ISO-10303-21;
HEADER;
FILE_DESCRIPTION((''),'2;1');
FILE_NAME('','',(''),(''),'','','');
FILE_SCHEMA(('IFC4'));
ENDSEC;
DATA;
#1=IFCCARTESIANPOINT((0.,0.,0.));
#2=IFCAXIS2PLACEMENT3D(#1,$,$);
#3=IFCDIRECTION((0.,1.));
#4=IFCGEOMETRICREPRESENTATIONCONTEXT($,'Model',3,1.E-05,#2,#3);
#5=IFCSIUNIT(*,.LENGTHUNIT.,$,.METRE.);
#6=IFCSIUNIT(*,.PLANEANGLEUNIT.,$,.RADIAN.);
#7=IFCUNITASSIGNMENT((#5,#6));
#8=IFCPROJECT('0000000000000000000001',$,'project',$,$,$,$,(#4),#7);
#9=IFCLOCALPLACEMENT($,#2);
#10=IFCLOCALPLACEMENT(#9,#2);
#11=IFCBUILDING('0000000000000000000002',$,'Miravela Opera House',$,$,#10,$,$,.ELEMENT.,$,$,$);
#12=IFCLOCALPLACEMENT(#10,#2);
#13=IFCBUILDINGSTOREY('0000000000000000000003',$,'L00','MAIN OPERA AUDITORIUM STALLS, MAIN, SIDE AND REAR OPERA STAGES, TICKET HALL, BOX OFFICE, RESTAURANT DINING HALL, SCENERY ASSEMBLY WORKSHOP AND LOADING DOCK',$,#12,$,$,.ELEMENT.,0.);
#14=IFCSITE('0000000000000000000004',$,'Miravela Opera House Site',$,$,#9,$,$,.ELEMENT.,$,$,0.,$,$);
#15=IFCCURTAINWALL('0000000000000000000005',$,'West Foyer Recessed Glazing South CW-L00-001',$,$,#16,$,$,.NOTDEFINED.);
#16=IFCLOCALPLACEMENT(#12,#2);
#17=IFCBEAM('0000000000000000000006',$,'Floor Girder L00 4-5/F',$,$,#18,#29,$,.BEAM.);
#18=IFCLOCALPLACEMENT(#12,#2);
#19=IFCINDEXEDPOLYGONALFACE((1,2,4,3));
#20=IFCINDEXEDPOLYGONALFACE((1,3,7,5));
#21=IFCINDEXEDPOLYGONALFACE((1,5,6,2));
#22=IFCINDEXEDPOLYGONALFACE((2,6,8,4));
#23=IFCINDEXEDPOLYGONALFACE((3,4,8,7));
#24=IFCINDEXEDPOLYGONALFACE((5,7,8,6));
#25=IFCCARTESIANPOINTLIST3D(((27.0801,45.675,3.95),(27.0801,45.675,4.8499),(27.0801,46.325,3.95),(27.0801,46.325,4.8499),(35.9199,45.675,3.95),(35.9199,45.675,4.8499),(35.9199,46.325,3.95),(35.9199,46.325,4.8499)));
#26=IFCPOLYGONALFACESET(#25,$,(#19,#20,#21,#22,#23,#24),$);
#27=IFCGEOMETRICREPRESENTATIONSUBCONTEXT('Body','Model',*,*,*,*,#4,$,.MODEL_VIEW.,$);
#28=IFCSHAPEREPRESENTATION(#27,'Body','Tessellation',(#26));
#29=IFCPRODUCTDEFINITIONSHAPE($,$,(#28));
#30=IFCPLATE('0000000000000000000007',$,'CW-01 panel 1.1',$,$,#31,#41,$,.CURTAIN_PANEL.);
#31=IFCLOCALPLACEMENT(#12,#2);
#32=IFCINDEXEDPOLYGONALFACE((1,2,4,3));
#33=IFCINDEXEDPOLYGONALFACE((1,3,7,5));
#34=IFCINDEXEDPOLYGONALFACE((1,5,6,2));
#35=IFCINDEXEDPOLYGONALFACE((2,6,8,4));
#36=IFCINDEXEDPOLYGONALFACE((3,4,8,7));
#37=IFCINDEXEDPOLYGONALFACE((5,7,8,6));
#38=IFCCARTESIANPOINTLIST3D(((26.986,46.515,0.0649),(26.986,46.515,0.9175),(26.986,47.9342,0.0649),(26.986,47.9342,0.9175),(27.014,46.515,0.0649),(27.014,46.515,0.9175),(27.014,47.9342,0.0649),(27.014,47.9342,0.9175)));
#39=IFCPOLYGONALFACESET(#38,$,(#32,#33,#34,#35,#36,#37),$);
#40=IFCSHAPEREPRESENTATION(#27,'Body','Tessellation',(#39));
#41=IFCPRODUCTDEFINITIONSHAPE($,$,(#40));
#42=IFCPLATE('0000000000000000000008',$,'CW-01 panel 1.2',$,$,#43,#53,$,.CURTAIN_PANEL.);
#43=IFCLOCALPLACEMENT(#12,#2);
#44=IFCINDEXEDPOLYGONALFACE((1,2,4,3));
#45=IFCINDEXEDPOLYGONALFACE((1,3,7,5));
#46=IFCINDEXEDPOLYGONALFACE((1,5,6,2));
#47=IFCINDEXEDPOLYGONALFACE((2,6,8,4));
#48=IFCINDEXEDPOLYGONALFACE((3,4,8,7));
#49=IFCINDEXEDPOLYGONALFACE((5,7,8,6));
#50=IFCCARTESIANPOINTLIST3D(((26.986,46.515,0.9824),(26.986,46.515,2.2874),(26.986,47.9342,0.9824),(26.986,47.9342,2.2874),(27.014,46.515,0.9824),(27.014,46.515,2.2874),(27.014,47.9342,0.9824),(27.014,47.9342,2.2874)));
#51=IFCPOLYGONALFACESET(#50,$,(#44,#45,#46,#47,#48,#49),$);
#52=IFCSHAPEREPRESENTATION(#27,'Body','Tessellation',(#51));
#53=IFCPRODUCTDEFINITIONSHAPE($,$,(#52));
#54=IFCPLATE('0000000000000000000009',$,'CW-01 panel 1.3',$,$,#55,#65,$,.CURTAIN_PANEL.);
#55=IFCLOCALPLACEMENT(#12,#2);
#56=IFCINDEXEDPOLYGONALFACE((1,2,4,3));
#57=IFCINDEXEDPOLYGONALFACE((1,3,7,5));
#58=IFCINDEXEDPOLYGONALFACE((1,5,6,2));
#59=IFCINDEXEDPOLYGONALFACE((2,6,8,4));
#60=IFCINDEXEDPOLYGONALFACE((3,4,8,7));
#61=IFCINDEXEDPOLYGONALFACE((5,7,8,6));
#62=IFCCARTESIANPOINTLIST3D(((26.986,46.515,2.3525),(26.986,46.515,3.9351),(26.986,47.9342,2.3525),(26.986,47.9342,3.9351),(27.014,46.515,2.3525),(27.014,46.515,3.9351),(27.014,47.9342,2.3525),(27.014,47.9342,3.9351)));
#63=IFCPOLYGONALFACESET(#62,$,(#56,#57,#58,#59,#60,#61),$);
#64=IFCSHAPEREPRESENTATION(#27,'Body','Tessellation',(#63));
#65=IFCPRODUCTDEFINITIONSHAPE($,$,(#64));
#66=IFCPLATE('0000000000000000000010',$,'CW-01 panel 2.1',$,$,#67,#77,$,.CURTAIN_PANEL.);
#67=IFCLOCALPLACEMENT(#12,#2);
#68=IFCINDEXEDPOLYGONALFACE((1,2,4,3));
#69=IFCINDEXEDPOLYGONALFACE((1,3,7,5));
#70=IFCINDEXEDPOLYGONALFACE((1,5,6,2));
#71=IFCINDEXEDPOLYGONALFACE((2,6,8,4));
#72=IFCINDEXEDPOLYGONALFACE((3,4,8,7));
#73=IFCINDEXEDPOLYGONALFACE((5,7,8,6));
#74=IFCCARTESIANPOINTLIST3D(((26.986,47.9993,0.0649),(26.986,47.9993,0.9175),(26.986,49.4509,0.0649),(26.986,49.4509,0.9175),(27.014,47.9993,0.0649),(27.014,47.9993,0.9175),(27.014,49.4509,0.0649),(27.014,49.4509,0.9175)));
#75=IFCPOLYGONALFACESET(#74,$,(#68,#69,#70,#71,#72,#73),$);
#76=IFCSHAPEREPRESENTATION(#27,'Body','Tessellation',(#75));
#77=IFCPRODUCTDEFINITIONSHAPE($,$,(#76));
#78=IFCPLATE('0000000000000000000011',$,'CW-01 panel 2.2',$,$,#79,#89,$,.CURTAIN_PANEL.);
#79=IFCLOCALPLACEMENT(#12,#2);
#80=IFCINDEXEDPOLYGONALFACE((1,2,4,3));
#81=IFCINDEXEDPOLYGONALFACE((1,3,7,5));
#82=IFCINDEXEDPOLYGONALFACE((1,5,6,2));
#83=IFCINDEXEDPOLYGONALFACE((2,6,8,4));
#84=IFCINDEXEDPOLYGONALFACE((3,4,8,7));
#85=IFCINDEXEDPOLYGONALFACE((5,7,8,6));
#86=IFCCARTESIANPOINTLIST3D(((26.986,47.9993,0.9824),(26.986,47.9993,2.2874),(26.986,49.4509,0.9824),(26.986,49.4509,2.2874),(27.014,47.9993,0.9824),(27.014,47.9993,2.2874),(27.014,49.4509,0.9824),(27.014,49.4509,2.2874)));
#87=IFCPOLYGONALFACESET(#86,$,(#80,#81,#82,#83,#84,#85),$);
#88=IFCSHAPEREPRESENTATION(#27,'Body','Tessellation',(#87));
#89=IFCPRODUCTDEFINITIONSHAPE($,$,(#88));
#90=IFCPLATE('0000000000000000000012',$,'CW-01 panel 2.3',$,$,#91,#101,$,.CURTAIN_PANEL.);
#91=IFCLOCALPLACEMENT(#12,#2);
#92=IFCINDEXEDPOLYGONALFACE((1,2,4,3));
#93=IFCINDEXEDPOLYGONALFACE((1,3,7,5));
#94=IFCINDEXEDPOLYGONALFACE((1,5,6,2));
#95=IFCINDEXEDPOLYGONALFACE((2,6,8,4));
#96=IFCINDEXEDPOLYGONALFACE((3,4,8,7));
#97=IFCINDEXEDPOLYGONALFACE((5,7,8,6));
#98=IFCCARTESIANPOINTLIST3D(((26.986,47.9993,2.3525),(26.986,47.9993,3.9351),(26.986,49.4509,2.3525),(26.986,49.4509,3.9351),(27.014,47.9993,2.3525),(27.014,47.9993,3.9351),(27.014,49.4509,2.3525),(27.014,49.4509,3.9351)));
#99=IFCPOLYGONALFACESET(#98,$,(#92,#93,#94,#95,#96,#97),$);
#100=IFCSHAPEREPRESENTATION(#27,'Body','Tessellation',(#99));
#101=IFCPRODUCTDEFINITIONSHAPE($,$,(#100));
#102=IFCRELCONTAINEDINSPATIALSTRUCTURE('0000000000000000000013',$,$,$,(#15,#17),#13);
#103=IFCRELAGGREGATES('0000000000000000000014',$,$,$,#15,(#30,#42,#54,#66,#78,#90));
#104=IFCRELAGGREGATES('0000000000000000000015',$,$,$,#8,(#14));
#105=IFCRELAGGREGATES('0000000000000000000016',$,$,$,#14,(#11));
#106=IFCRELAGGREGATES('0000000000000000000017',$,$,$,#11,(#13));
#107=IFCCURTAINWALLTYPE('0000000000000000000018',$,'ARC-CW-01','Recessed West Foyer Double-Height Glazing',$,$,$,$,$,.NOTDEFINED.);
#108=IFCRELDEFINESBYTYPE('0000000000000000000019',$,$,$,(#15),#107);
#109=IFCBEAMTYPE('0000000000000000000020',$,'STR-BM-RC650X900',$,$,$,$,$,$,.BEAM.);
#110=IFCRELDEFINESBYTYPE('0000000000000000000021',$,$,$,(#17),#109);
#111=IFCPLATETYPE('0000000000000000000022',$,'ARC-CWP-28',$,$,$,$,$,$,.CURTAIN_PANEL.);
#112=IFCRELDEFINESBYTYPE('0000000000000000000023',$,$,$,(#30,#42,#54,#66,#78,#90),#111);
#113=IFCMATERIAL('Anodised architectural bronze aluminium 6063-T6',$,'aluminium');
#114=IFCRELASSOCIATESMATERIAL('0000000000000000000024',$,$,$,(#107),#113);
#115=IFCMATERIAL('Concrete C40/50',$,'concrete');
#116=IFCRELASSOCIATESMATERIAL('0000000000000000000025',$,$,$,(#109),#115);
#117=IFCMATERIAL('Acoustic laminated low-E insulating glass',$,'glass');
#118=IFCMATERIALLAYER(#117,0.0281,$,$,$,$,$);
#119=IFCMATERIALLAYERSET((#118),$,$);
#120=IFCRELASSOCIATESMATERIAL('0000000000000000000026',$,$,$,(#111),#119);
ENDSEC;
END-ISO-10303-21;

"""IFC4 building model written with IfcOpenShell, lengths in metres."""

from ifc_helpers import new_model, si_unit, direction, frame, origin, origin_2d, place, context, subcontext, project, spatial, rectangle, extrude, material, layer, layer_set, material_profile, profile_set, type_object, element, aggregate, save


model = new_model("IFC4")

# Units and contexts
model_context = context("Model", 3, precision=1e-05, world=origin(), true_north=direction((0.0, 1.0)))
body_context = subcontext(model_context, "Body", "Model", "MODEL_VIEW")
ifc_project = project(units=[si_unit("LENGTHUNIT", "METRE"), si_unit("PLANEANGLEUNIT", "RADIAN")], contexts=[model_context])

# Site, building, storey
site_placement = place(None, origin())
site = spatial("IfcSite", under=ifc_project, at=site_placement, Name="Miravela Opera House Site", CompositionType="ELEMENT", RefElevation=0.0)
building_placement = place(site_placement, origin())
building = spatial("IfcBuilding", under=site, at=building_placement, Name="Miravela Opera House", CompositionType="ELEMENT")
storey_placement = place(building_placement, origin())
storey = spatial("IfcBuildingStorey", under=building, at=storey_placement, Name="L00", Description="MAIN OPERA AUDITORIUM STALLS, MAIN, SIDE AND REAR OPERA STAGES, TICKET HALL, BOX OFFICE, RESTAURANT DINING HALL, SCENERY ASSEMBLY WORKSHOP AND LOADING DOCK", CompositionType="ELEMENT", Elevation=0.0)

# Shared definitions
ifc_material_1 = material(Name="Concrete C40/50", Category="concrete")

# Curtain wall
ifc_material_2 = material(Name="Anodised architectural bronze aluminium 6063-T6", Category="aluminium")
curtain_wall_type = type_object("IfcCurtainWallType", Name="ARC-CW-01", Description="Recessed West Foyer Double-Height Glazing", PredefinedType="NOTDEFINED", material=ifc_material_2)
curtain_wall_placement = place(storey_placement, origin())
curtain_wall = element("IfcCurtainWall", 1, at=curtain_wall_placement, inside=storey, type_object=curtain_wall_type, Name="West Foyer Recessed Glazing South CW-L00-001", PredefinedType="NOTDEFINED")

# Beam
ifc_material_profile_1 = material_profile(ifc_material_1, rectangle(XDim=0.6499, YDim=0.8999, at=origin_2d()), Name="RC-BM-650X900")
ifc_profile_set_1 = profile_set([ifc_material_profile_1])
beam_type_1 = type_object("IfcBeamType", Name="STR-BM-RC650X900", PredefinedType="BEAM", material=ifc_profile_set_1)
beam_1_placement = place(storey_placement, frame((27.0801, 46.0, 4.3999), z_axis=(1.0, 0.0, 0.0), x_axis=(0.0, 1.0, 0.0)))
element("IfcBeam", 2, at=beam_1_placement, inside=storey, type_object=beam_type_1, Name="Floor Girder L00 4-5/F", PredefinedType="BEAM", context=body_context, shape_type="SweptSolid", body=[
    extrude(rectangle(XDim=0.6499, YDim=0.8999, at=origin_2d()), origin(), (0.0, 0.0, 1.0), 8.8398),
])

# Plates
ifc_material_3 = material(Name="Acoustic laminated low-E insulating glass", Category="glass")
ifc_layer = layer(ifc_material_3, 0.0281)
ifc_layer_set = layer_set([ifc_layer])
plate_type = type_object("IfcPlateType", Name="ARC-CWP-28", PredefinedType="CURTAIN_PANEL", material=ifc_layer_set)
plate_1_placement = place(storey_placement, frame((27.0, 47.2246, 0.0649), z_axis=(0.0, 0.0, 1.0), x_axis=(0.0, 1.0, 0.0)))
plate_1 = element("IfcPlate", 3, at=plate_1_placement, type_object=plate_type, Name="CW-01 panel 1.1", PredefinedType="CURTAIN_PANEL", context=body_context, shape_type="SweptSolid", body=[
    extrude(rectangle(XDim=1.4192, YDim=0.0281, at=origin_2d()), origin(), (0.0, 0.0, 1.0), 0.8525),
])
plate_2_placement = place(storey_placement, frame((27.0, 47.2246, 0.9824), z_axis=(0.0, 0.0, 1.0), x_axis=(0.0, 1.0, 0.0)))
plate_2 = element("IfcPlate", 4, at=plate_2_placement, type_object=plate_type, Name="CW-01 panel 1.2", PredefinedType="CURTAIN_PANEL", context=body_context, shape_type="SweptSolid", body=[
    extrude(rectangle(XDim=1.4192, YDim=0.0281, at=origin_2d()), origin(), (0.0, 0.0, 1.0), 1.3049),
])
plate_3_placement = place(storey_placement, frame((27.0, 47.2246, 2.3525), z_axis=(0.0, 0.0, 1.0), x_axis=(0.0, 1.0, 0.0)))
plate_3 = element("IfcPlate", 5, at=plate_3_placement, type_object=plate_type, Name="CW-01 panel 1.3", PredefinedType="CURTAIN_PANEL", context=body_context, shape_type="SweptSolid", body=[
    extrude(rectangle(XDim=1.4192, YDim=0.0281, at=origin_2d()), origin(), (0.0, 0.0, 1.0), 1.5825),
])
plate_4_placement = place(storey_placement, frame((27.0, 48.7251, 0.0649), z_axis=(0.0, 0.0, 1.0), x_axis=(0.0, 1.0, 0.0)))
plate_4 = element("IfcPlate", 6, at=plate_4_placement, type_object=plate_type, Name="CW-01 panel 2.1", PredefinedType="CURTAIN_PANEL", context=body_context, shape_type="SweptSolid", body=[
    extrude(rectangle(XDim=1.4517, YDim=0.0281, at=origin_2d()), origin(), (0.0, 0.0, 1.0), 0.8525),
])
plate_5_placement = place(storey_placement, frame((27.0, 48.7251, 0.9824), z_axis=(0.0, 0.0, 1.0), x_axis=(0.0, 1.0, 0.0)))
plate_5 = element("IfcPlate", 7, at=plate_5_placement, type_object=plate_type, Name="CW-01 panel 2.2", PredefinedType="CURTAIN_PANEL", context=body_context, shape_type="SweptSolid", body=[
    extrude(rectangle(XDim=1.4517, YDim=0.0281, at=origin_2d()), origin(), (0.0, 0.0, 1.0), 1.3049),
])
plate_6_placement = place(storey_placement, frame((27.0, 48.7251, 2.3525), z_axis=(0.0, 0.0, 1.0), x_axis=(0.0, 1.0, 0.0)))
plate_6 = element("IfcPlate", 8, at=plate_6_placement, type_object=plate_type, Name="CW-01 panel 2.3", PredefinedType="CURTAIN_PANEL", context=body_context, shape_type="SweptSolid", body=[
    extrude(rectangle(XDim=1.4517, YDim=0.0281, at=origin_2d()), origin(), (0.0, 0.0, 1.0), 1.5825),
])
aggregate(curtain_wall, [plate_1, plate_2, plate_3, plate_4, plate_5, plate_6])

save(model, "model.ifc")
